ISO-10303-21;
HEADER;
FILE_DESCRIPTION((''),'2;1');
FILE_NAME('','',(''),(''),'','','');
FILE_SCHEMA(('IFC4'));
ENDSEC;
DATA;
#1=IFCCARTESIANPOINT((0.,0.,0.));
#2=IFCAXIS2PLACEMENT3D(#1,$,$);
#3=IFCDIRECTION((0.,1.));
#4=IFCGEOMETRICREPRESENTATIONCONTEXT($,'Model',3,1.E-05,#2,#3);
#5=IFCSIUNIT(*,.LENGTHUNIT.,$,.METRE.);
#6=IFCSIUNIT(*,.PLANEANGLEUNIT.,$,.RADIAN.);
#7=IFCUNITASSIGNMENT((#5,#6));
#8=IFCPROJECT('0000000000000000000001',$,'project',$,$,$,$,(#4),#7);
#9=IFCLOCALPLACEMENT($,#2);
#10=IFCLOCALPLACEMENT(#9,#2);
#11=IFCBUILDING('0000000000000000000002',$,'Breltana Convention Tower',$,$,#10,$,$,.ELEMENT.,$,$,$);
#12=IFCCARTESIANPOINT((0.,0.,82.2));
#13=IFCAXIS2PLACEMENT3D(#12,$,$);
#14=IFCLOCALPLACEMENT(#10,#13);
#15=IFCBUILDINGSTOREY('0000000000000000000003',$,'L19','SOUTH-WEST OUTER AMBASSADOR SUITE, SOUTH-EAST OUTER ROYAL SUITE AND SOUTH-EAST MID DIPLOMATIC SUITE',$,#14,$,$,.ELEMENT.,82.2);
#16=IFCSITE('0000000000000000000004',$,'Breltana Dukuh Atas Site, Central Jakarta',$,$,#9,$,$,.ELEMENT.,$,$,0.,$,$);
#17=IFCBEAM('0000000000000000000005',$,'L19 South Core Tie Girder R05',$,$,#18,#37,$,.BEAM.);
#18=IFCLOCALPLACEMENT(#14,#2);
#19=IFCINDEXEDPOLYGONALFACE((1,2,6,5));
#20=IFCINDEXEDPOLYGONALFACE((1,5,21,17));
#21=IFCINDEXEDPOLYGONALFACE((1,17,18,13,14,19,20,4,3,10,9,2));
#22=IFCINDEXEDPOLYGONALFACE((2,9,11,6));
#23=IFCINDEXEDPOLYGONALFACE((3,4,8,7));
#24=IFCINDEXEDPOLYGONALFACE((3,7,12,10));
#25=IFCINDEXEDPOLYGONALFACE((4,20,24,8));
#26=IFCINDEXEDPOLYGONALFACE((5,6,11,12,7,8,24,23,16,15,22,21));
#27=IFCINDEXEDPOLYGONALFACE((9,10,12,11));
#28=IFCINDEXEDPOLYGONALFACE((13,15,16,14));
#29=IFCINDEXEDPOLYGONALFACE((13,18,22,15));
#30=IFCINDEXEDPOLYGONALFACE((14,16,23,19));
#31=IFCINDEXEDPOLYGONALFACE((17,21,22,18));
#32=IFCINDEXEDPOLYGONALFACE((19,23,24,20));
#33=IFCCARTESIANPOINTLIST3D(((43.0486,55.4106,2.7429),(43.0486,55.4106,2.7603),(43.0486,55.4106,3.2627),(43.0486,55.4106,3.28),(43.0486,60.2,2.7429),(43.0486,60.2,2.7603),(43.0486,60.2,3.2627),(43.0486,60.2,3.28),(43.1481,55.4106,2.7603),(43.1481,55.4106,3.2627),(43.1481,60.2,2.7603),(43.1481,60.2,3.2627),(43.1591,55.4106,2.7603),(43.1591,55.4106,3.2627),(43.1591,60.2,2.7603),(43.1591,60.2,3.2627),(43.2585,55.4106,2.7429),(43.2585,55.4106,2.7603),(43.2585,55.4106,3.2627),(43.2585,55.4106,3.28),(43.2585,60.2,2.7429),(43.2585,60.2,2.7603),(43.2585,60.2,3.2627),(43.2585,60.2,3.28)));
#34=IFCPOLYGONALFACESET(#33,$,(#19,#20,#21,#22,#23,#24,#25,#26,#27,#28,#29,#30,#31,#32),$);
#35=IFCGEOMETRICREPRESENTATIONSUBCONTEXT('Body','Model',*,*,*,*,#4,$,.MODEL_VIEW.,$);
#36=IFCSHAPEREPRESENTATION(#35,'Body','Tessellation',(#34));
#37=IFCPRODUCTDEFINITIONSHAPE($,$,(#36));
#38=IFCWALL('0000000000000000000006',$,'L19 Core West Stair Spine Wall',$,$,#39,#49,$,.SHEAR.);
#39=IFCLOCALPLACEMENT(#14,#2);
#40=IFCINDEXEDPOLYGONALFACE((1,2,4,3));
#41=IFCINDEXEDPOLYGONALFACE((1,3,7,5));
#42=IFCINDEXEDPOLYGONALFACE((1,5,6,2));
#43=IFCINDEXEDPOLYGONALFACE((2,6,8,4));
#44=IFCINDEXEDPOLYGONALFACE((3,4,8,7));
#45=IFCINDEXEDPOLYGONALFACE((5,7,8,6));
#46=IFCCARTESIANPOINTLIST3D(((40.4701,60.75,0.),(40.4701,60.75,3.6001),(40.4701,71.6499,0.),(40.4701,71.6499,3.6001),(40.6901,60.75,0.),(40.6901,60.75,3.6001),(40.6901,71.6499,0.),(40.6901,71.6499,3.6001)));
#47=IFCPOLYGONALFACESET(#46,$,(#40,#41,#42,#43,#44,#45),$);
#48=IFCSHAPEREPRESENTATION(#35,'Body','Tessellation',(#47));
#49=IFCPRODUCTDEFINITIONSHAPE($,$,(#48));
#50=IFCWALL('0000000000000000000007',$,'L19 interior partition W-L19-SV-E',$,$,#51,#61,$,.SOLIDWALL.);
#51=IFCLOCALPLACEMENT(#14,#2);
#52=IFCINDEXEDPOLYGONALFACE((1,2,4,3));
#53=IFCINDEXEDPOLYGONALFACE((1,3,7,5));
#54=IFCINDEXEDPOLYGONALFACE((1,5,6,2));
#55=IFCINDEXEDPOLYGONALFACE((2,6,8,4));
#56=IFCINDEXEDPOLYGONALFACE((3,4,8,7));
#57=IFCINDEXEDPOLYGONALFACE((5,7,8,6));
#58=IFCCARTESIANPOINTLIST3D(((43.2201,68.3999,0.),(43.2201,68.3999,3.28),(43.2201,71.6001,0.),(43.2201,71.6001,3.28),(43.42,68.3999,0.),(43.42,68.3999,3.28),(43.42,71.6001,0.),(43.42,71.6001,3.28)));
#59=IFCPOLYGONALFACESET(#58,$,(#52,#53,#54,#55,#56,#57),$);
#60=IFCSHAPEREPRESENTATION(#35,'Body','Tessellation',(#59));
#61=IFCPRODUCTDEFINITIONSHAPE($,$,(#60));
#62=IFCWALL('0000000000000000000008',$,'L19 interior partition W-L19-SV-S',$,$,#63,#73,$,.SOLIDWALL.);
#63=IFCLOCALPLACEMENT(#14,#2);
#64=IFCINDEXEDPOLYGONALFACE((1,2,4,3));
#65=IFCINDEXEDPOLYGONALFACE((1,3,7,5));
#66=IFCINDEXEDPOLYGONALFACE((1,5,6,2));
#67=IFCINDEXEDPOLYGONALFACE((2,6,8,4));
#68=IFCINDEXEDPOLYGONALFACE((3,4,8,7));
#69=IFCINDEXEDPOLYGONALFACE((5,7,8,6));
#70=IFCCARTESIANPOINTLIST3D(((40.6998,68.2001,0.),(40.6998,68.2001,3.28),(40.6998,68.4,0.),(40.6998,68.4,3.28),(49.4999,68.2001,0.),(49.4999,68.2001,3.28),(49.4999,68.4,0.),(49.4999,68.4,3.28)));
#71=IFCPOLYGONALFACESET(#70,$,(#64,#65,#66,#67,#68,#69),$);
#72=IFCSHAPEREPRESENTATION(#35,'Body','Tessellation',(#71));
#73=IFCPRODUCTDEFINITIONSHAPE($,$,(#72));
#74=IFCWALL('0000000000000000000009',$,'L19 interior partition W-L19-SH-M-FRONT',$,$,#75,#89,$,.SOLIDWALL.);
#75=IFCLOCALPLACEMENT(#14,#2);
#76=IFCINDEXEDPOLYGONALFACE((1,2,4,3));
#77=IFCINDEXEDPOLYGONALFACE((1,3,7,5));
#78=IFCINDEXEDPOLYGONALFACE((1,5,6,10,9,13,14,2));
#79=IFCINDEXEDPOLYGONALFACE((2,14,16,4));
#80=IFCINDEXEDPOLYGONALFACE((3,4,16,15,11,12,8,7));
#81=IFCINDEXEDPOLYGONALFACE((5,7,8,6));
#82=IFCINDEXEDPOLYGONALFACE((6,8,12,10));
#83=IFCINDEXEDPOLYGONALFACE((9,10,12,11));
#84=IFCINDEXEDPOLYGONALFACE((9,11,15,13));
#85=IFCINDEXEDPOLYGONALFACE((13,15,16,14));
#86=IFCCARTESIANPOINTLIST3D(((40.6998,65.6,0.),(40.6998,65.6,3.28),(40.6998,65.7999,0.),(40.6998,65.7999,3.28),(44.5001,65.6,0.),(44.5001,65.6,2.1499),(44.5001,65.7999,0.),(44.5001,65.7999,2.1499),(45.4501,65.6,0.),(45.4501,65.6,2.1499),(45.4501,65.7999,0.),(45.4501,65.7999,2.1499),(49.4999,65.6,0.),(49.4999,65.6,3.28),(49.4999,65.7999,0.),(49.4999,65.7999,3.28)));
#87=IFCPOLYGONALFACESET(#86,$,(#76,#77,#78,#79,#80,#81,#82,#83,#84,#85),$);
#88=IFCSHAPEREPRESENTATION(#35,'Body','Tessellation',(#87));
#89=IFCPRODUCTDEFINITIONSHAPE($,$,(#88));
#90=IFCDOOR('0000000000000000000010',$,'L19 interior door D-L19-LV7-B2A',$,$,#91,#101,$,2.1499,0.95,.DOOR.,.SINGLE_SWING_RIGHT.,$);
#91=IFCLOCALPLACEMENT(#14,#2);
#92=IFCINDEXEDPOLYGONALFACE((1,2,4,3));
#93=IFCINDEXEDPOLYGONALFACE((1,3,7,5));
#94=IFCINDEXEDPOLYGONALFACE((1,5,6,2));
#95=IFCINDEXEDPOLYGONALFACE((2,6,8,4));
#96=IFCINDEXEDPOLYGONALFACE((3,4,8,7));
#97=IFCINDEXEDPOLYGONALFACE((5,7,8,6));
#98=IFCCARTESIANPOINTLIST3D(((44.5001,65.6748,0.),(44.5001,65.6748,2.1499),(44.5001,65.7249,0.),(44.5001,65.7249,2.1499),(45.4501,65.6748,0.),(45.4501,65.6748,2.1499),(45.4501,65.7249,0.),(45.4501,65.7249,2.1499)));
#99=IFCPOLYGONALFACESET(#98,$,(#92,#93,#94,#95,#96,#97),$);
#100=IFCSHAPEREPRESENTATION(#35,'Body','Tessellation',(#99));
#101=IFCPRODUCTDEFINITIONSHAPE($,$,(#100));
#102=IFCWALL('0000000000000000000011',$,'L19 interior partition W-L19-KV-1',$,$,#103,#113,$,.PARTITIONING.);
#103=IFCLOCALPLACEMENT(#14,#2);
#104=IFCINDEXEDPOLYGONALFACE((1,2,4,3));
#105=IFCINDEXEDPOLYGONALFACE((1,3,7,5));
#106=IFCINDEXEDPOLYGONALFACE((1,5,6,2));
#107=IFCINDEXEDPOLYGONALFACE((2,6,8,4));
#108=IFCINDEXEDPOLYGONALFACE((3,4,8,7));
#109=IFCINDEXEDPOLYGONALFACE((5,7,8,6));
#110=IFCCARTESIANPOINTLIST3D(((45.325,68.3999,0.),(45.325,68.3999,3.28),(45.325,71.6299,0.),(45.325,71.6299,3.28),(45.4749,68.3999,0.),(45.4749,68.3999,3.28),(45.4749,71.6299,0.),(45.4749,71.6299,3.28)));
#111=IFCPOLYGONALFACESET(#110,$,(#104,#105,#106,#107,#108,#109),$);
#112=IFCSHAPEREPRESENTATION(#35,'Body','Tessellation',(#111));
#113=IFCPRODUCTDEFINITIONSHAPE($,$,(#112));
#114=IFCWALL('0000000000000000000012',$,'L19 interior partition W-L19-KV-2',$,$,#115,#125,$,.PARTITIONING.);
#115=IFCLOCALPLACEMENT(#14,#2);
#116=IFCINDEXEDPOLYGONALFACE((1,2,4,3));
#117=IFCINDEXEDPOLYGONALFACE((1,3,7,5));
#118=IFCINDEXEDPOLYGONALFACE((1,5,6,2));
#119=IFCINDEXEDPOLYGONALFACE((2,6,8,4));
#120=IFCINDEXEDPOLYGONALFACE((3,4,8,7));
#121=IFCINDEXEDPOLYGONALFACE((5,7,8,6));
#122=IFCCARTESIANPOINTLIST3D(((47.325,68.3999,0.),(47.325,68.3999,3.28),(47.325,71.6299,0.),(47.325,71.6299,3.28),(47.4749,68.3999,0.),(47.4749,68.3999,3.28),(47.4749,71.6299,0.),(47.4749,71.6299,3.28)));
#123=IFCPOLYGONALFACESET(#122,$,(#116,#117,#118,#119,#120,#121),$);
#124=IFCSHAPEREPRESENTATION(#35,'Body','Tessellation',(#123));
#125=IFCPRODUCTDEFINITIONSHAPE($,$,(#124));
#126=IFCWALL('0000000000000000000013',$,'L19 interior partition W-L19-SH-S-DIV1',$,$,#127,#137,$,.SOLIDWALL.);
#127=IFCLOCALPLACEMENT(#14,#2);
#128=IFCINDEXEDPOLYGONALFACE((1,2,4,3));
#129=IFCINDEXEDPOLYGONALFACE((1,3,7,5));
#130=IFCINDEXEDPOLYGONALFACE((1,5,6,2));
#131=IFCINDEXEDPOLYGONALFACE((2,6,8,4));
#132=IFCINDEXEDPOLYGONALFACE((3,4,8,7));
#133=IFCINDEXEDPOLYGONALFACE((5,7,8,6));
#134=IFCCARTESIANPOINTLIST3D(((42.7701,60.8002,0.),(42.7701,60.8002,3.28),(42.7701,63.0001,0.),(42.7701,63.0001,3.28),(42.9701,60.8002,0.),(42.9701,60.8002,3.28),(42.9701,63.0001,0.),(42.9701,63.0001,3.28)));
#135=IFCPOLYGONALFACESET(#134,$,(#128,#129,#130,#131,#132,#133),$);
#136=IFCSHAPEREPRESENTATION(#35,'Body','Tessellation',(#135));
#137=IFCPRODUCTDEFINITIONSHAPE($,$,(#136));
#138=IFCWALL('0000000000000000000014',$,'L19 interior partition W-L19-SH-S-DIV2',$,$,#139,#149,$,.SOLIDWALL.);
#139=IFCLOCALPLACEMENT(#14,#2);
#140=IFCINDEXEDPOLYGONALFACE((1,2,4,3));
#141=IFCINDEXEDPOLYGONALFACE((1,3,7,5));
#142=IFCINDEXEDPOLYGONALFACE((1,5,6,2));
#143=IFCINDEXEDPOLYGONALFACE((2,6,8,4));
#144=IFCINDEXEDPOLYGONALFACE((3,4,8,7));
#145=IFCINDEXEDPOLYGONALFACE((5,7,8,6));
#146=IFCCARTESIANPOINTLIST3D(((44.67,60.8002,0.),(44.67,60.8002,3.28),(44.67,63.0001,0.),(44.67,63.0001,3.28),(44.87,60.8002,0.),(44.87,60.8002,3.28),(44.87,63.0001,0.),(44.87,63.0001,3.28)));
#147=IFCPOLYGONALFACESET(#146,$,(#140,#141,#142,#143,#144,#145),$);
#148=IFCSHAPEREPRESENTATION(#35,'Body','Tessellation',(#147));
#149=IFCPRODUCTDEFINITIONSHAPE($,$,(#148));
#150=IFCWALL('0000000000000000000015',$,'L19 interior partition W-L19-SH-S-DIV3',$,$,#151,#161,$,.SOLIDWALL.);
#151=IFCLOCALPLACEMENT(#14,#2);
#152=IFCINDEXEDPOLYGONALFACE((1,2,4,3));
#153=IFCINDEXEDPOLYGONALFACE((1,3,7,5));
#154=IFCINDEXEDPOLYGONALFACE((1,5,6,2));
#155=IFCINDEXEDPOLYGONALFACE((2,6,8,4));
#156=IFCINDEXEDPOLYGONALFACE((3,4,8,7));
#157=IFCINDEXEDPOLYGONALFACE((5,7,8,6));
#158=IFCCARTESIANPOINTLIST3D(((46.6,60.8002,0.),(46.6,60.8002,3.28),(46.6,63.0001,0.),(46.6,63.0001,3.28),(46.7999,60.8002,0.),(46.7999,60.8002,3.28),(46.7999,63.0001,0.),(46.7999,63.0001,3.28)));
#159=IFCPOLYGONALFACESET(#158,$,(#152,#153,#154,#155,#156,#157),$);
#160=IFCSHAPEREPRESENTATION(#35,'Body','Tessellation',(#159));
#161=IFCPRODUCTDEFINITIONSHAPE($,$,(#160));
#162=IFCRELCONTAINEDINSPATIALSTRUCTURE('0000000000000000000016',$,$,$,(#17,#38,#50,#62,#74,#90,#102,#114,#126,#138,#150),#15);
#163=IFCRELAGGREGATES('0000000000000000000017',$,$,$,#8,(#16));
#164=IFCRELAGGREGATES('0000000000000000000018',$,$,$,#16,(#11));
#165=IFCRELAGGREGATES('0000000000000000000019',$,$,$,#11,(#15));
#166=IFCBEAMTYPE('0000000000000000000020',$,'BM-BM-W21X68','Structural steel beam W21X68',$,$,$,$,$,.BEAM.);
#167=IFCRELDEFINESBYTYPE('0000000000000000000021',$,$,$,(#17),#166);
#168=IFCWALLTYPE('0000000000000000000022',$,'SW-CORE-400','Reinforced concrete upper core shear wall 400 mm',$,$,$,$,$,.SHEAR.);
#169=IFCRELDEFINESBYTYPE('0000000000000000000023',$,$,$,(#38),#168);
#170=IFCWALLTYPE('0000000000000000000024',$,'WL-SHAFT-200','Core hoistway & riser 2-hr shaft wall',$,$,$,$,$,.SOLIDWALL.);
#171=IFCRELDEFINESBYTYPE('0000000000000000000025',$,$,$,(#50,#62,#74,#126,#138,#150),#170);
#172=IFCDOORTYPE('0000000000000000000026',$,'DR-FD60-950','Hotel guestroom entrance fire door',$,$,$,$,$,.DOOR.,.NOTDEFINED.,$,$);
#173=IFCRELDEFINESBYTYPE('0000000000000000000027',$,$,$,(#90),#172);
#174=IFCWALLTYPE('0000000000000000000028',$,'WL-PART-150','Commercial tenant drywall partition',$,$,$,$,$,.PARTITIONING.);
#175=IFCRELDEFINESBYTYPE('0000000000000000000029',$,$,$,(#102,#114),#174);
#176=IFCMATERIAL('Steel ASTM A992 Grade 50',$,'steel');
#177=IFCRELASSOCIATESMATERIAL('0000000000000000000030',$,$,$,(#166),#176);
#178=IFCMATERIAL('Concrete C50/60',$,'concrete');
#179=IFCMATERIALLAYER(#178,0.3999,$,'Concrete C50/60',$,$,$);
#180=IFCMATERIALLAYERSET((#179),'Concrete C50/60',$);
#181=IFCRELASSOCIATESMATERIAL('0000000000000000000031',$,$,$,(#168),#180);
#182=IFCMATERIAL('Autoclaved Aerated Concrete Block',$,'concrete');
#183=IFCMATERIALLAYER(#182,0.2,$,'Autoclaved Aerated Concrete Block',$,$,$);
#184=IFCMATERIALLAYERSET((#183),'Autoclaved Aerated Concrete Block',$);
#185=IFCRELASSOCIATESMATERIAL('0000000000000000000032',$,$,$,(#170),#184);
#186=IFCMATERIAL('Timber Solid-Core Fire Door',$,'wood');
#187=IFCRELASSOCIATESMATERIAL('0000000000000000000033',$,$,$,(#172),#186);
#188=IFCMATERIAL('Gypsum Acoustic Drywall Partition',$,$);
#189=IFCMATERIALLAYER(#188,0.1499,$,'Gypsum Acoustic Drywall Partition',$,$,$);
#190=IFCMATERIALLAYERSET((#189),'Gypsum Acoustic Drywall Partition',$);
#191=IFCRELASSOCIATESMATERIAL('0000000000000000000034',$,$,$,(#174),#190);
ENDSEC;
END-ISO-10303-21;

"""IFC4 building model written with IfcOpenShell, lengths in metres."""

from ifc_helpers import new_model, si_unit, direction, frame, frame_2d, origin, origin_2d, place, context, subcontext, project, spatial, rectangle, i_section, extrude, source, transform, mapped, material, layer, layer_set, material_profile, profile_set, type_object, type_shapes, element, fill, save


model = new_model("IFC4")

# Units and contexts
model_context = context("Model", 3, precision=1e-05, world=origin(), true_north=direction((0.0, 1.0)))
body_context = subcontext(model_context, "Body", "Model", "MODEL_VIEW")
ifc_project = project(units=[si_unit("LENGTHUNIT", "METRE"), si_unit("PLANEANGLEUNIT", "RADIAN")], contexts=[model_context])

# Site, building, storey
site_placement = place(None, origin())
site = spatial("IfcSite", under=ifc_project, at=site_placement, Name="Breltana Dukuh Atas Site, Central Jakarta", CompositionType="ELEMENT", RefElevation=0.0)
building_placement = place(site_placement, origin())
building = spatial("IfcBuilding", under=site, at=building_placement, Name="Breltana Convention Tower", CompositionType="ELEMENT")
storey_placement = place(building_placement, frame((0.0, 0.0, 82.2)))
storey = spatial("IfcBuildingStorey", under=building, at=storey_placement, Name="L19", Description="SOUTH-WEST OUTER AMBASSADOR SUITE, SOUTH-EAST OUTER ROYAL SUITE AND SOUTH-EAST MID DIPLOMATIC SUITE", CompositionType="ELEMENT", Elevation=82.2)

# Beam
ifc_material_1 = material(Name="Steel ASTM A992 Grade 50", Category="steel")
ifc_material_profile = material_profile(ifc_material_1, i_section(OverallWidth=0.21, OverallDepth=0.5371, WebThickness=0.011, FlangeThickness=0.0173, at=origin_2d()), Name="W21X68")
ifc_profile_set = profile_set([ifc_material_profile], Name="Steel ASTM A992 Grade 50")
beam_type = type_object("IfcBeamType", Name="BM-BM-W21X68", Description="Structural steel beam W21X68", PredefinedType="BEAM", material=ifc_profile_set)
shared_shape_1 = source(origin(), body_context, "Body", "SweptSolid", [
    extrude(i_section(OverallWidth=0.21, OverallDepth=0.5371, WebThickness=0.011, FlangeThickness=0.0173, at=origin_2d()), origin(), (0.0, 0.0, 1.0), 4.7893),
])
beam_placement = place(storey_placement, frame((43.1536, 60.2, 3.0115), z_axis=(0.0, -1.0, 0.0), x_axis=(1.0, 0.0, 0.0)))
element("IfcBeam", 1, at=beam_placement, inside=storey, type_object=beam_type, Name="L19 South Core Tie Girder R05", PredefinedType="BEAM", context=body_context, shape_type="MappedRepresentation", body=[
    mapped(shared_shape_1, transform((0.0, 0.0, 0.0), scale=1.0)),
])

# Walls
ifc_material_2 = material(Name="Concrete C50/60", Category="concrete")
ifc_layer_1 = layer(ifc_material_2, 0.3999, Name="Concrete C50/60")
ifc_layer_set_1 = layer_set([ifc_layer_1], Name="Concrete C50/60")
wall_type_1 = type_object("IfcWallType", Name="SW-CORE-400", Description="Reinforced concrete upper core shear wall 400 mm", PredefinedType="SHEAR", material=ifc_layer_set_1)
shared_shape_2 = source(origin(), body_context, "Body", "SweptSolid", [
    extrude(rectangle(XDim=10.8999, YDim=0.22, at=frame_2d((5.45, 0.0))), origin(), (0.0, 0.0, 1.0), 3.6001),
])
wall_1_placement = place(storey_placement, frame((40.5801, 60.75, 0.0), z_axis=(0.0, 0.0, 1.0), x_axis=(0.0, 1.0, 0.0)))
element("IfcWall", 2, at=wall_1_placement, inside=storey, type_object=wall_type_1, Name="L19 Core West Stair Spine Wall", PredefinedType="SHEAR", context=body_context, shape_type="MappedRepresentation", body=[
    mapped(shared_shape_2, transform((0.0, 0.0, 0.0), scale=1.0)),
])
ifc_material_3 = material(Name="Autoclaved Aerated Concrete Block", Category="concrete")
ifc_layer_2 = layer(ifc_material_3, 0.2, Name="Autoclaved Aerated Concrete Block")
ifc_layer_set_2 = layer_set([ifc_layer_2], Name="Autoclaved Aerated Concrete Block")
wall_type_2 = type_object("IfcWallType", Name="WL-SHAFT-200", Description="Core hoistway & riser 2-hr shaft wall", PredefinedType="SOLIDWALL", material=ifc_layer_set_2)
shared_shape_3 = source(origin(), body_context, "Body", "SweptSolid", [
    extrude(rectangle(XDim=3.2002, YDim=0.2, at=frame_2d((1.6001, 0.0))), origin(), (0.0, 0.0, 1.0), 3.28),
])
wall_2_placement = place(storey_placement, frame((43.3201, 68.3999, 0.0), z_axis=(0.0, 0.0, 1.0), x_axis=(0.0, 1.0, 0.0)))
element("IfcWall", 3, at=wall_2_placement, inside=storey, type_object=wall_type_2, Name="L19 interior partition W-L19-SV-E", PredefinedType="SOLIDWALL", context=body_context, shape_type="MappedRepresentation", body=[
    mapped(shared_shape_3, transform((0.0, 0.0, 0.0), scale=1.0)),
])
shared_shape_4 = source(origin(), body_context, "Body", "SweptSolid", [
    extrude(rectangle(XDim=8.8, YDim=0.2, at=frame_2d((4.3999, 0.0))), origin(), (0.0, 0.0, 1.0), 3.28),
])
wall_3_placement = place(storey_placement, frame((40.7, 68.3, 0.0), z_axis=(0.0, 0.0, 1.0), x_axis=(1.0, 0.0, 0.0)))
element("IfcWall", 4, at=wall_3_placement, inside=storey, type_object=wall_type_2, Name="L19 interior partition W-L19-SV-S", PredefinedType="SOLIDWALL", context=body_context, shape_type="MappedRepresentation", body=[
    mapped(shared_shape_4, transform((0.0, 0.0, 0.0), scale=1.0)),
])

# Wall, opening, door
wall_4_placement = place(storey_placement, frame((40.7, 65.7, 0.0), z_axis=(0.0, 0.0, 1.0), x_axis=(1.0, 0.0, 0.0)))
wall_4 = element("IfcWall", 5, at=wall_4_placement, inside=storey, type_object=wall_type_2, Name="L19 interior partition W-L19-SH-M-FRONT", PredefinedType="SOLIDWALL", context=body_context, shape_type="MappedRepresentation", body=[
    mapped(shared_shape_4, transform((0.0, 0.0, 0.0), scale=1.0)),
])
opening_1_placement = place(wall_4_placement, frame((3.8, 0.0, 0.0)))
opening_1 = element("IfcOpeningElement", 6, at=opening_1_placement, cuts=wall_4, PredefinedType="OPENING", context=body_context, shape_type="SweptSolid", body=[
    extrude(rectangle(XDim=0.95, YDim=2.1499, at=frame_2d((0.4751, 1.075))), frame((0.0, 0.1099, 0.0), z_axis=(0.0, -1.0, 0.0), x_axis=(1.0, 0.0, 0.0)), (0.0, 0.0, 1.0), 0.22),
])
ifc_material_4 = material(Name="Timber Solid-Core Fire Door", Category="wood")
door_type_1 = type_object("IfcDoorType", Name="DR-FD60-950", Description="Hotel guestroom entrance fire door", OperationType="NOTDEFINED", PredefinedType="DOOR", material=ifc_material_4)
shared_shape_5 = source(origin(), body_context, "Body", "SweptSolid", [
    extrude(rectangle(XDim=0.95, YDim=2.1499, at=frame_2d((0.4751, 1.075))), frame((0.0, 0.0249, 0.0), z_axis=(0.0, -1.0, 0.0), x_axis=(1.0, 0.0, 0.0)), (0.0, 0.0, 1.0), 0.05),
])
type_shapes(door_type_1, [shared_shape_5])
door_1_placement = place(opening_1_placement, origin())
door_1 = element("IfcDoor", 7, at=door_1_placement, inside=storey, type_object=door_type_1, Name="L19 interior door D-L19-LV7-B2A", OperationType="SINGLE_SWING_RIGHT", OverallHeight=2.1499, OverallWidth=0.95, PredefinedType="DOOR", context=body_context, shape_type="MappedRepresentation", body=[
    mapped(shared_shape_5, transform((0.0, 0.0, 0.0), scale=1.0)),
])
fill(opening_1, door_1)

# Walls
ifc_material_5 = material(Name="Gypsum Acoustic Drywall Partition")
ifc_layer_3 = layer(ifc_material_5, 0.1499, Name="Gypsum Acoustic Drywall Partition")
ifc_layer_set_3 = layer_set([ifc_layer_3], Name="Gypsum Acoustic Drywall Partition")
wall_type_3 = type_object("IfcWallType", Name="WL-PART-150", Description="Commercial tenant drywall partition", PredefinedType="PARTITIONING", material=ifc_layer_set_3)
shared_shape_6 = source(origin(), body_context, "Body", "SweptSolid", [
    extrude(rectangle(XDim=3.23, YDim=0.1499, at=frame_2d((1.615, 0.0))), origin(), (0.0, 0.0, 1.0), 3.28),
])
for number, where, z_axis, x_axis, name in (
    (8, (45.3999, 68.3999, 0.0), (0.0, 0.0, 1.0), (0.0, 1.0, 0.0), "L19 interior partition W-L19-KV-1"),
    (9, (47.3999, 68.3999, 0.0), (0.0, 0.0, 1.0), (0.0, 1.0, 0.0), "L19 interior partition W-L19-KV-2"),
):
    element("IfcWall", number, at=place(storey_placement, frame(where, z_axis=z_axis, x_axis=x_axis)), inside=storey, type_object=wall_type_3, Name=name, PredefinedType="PARTITIONING", context=body_context, shape_type="MappedRepresentation", body=[
        mapped(shared_shape_6, transform((0.0, 0.0, 0.0), scale=1.0)),
    ])

# Walls
shared_shape_7 = source(origin(), body_context, "Body", "SweptSolid", [
    extrude(rectangle(XDim=2.2, YDim=0.2, at=frame_2d((1.1001, 0.0))), origin(), (0.0, 0.0, 1.0), 3.28),
])
for number, where, z_axis, x_axis, name in (
    (10, (42.8701, 60.8, 0.0), (0.0, 0.0, 1.0), (0.0, 1.0, 0.0), "L19 interior partition W-L19-SH-S-DIV1"),
    (11, (44.77, 60.8, 0.0), (0.0, 0.0, 1.0), (0.0, 1.0, 0.0), "L19 interior partition W-L19-SH-S-DIV2"),
    (12, (46.7, 60.8, 0.0), (0.0, 0.0, 1.0), (0.0, 1.0, 0.0), "L19 interior partition W-L19-SH-S-DIV3"),
):
    element("IfcWall", number, at=place(storey_placement, frame(where, z_axis=z_axis, x_axis=x_axis)), inside=storey, type_object=wall_type_2, Name=name, PredefinedType="SOLIDWALL", context=body_context, shape_type="MappedRepresentation", body=[
        mapped(shared_shape_7, transform((0.0, 0.0, 0.0), scale=1.0)),
    ])

save(model, "model.ifc")
